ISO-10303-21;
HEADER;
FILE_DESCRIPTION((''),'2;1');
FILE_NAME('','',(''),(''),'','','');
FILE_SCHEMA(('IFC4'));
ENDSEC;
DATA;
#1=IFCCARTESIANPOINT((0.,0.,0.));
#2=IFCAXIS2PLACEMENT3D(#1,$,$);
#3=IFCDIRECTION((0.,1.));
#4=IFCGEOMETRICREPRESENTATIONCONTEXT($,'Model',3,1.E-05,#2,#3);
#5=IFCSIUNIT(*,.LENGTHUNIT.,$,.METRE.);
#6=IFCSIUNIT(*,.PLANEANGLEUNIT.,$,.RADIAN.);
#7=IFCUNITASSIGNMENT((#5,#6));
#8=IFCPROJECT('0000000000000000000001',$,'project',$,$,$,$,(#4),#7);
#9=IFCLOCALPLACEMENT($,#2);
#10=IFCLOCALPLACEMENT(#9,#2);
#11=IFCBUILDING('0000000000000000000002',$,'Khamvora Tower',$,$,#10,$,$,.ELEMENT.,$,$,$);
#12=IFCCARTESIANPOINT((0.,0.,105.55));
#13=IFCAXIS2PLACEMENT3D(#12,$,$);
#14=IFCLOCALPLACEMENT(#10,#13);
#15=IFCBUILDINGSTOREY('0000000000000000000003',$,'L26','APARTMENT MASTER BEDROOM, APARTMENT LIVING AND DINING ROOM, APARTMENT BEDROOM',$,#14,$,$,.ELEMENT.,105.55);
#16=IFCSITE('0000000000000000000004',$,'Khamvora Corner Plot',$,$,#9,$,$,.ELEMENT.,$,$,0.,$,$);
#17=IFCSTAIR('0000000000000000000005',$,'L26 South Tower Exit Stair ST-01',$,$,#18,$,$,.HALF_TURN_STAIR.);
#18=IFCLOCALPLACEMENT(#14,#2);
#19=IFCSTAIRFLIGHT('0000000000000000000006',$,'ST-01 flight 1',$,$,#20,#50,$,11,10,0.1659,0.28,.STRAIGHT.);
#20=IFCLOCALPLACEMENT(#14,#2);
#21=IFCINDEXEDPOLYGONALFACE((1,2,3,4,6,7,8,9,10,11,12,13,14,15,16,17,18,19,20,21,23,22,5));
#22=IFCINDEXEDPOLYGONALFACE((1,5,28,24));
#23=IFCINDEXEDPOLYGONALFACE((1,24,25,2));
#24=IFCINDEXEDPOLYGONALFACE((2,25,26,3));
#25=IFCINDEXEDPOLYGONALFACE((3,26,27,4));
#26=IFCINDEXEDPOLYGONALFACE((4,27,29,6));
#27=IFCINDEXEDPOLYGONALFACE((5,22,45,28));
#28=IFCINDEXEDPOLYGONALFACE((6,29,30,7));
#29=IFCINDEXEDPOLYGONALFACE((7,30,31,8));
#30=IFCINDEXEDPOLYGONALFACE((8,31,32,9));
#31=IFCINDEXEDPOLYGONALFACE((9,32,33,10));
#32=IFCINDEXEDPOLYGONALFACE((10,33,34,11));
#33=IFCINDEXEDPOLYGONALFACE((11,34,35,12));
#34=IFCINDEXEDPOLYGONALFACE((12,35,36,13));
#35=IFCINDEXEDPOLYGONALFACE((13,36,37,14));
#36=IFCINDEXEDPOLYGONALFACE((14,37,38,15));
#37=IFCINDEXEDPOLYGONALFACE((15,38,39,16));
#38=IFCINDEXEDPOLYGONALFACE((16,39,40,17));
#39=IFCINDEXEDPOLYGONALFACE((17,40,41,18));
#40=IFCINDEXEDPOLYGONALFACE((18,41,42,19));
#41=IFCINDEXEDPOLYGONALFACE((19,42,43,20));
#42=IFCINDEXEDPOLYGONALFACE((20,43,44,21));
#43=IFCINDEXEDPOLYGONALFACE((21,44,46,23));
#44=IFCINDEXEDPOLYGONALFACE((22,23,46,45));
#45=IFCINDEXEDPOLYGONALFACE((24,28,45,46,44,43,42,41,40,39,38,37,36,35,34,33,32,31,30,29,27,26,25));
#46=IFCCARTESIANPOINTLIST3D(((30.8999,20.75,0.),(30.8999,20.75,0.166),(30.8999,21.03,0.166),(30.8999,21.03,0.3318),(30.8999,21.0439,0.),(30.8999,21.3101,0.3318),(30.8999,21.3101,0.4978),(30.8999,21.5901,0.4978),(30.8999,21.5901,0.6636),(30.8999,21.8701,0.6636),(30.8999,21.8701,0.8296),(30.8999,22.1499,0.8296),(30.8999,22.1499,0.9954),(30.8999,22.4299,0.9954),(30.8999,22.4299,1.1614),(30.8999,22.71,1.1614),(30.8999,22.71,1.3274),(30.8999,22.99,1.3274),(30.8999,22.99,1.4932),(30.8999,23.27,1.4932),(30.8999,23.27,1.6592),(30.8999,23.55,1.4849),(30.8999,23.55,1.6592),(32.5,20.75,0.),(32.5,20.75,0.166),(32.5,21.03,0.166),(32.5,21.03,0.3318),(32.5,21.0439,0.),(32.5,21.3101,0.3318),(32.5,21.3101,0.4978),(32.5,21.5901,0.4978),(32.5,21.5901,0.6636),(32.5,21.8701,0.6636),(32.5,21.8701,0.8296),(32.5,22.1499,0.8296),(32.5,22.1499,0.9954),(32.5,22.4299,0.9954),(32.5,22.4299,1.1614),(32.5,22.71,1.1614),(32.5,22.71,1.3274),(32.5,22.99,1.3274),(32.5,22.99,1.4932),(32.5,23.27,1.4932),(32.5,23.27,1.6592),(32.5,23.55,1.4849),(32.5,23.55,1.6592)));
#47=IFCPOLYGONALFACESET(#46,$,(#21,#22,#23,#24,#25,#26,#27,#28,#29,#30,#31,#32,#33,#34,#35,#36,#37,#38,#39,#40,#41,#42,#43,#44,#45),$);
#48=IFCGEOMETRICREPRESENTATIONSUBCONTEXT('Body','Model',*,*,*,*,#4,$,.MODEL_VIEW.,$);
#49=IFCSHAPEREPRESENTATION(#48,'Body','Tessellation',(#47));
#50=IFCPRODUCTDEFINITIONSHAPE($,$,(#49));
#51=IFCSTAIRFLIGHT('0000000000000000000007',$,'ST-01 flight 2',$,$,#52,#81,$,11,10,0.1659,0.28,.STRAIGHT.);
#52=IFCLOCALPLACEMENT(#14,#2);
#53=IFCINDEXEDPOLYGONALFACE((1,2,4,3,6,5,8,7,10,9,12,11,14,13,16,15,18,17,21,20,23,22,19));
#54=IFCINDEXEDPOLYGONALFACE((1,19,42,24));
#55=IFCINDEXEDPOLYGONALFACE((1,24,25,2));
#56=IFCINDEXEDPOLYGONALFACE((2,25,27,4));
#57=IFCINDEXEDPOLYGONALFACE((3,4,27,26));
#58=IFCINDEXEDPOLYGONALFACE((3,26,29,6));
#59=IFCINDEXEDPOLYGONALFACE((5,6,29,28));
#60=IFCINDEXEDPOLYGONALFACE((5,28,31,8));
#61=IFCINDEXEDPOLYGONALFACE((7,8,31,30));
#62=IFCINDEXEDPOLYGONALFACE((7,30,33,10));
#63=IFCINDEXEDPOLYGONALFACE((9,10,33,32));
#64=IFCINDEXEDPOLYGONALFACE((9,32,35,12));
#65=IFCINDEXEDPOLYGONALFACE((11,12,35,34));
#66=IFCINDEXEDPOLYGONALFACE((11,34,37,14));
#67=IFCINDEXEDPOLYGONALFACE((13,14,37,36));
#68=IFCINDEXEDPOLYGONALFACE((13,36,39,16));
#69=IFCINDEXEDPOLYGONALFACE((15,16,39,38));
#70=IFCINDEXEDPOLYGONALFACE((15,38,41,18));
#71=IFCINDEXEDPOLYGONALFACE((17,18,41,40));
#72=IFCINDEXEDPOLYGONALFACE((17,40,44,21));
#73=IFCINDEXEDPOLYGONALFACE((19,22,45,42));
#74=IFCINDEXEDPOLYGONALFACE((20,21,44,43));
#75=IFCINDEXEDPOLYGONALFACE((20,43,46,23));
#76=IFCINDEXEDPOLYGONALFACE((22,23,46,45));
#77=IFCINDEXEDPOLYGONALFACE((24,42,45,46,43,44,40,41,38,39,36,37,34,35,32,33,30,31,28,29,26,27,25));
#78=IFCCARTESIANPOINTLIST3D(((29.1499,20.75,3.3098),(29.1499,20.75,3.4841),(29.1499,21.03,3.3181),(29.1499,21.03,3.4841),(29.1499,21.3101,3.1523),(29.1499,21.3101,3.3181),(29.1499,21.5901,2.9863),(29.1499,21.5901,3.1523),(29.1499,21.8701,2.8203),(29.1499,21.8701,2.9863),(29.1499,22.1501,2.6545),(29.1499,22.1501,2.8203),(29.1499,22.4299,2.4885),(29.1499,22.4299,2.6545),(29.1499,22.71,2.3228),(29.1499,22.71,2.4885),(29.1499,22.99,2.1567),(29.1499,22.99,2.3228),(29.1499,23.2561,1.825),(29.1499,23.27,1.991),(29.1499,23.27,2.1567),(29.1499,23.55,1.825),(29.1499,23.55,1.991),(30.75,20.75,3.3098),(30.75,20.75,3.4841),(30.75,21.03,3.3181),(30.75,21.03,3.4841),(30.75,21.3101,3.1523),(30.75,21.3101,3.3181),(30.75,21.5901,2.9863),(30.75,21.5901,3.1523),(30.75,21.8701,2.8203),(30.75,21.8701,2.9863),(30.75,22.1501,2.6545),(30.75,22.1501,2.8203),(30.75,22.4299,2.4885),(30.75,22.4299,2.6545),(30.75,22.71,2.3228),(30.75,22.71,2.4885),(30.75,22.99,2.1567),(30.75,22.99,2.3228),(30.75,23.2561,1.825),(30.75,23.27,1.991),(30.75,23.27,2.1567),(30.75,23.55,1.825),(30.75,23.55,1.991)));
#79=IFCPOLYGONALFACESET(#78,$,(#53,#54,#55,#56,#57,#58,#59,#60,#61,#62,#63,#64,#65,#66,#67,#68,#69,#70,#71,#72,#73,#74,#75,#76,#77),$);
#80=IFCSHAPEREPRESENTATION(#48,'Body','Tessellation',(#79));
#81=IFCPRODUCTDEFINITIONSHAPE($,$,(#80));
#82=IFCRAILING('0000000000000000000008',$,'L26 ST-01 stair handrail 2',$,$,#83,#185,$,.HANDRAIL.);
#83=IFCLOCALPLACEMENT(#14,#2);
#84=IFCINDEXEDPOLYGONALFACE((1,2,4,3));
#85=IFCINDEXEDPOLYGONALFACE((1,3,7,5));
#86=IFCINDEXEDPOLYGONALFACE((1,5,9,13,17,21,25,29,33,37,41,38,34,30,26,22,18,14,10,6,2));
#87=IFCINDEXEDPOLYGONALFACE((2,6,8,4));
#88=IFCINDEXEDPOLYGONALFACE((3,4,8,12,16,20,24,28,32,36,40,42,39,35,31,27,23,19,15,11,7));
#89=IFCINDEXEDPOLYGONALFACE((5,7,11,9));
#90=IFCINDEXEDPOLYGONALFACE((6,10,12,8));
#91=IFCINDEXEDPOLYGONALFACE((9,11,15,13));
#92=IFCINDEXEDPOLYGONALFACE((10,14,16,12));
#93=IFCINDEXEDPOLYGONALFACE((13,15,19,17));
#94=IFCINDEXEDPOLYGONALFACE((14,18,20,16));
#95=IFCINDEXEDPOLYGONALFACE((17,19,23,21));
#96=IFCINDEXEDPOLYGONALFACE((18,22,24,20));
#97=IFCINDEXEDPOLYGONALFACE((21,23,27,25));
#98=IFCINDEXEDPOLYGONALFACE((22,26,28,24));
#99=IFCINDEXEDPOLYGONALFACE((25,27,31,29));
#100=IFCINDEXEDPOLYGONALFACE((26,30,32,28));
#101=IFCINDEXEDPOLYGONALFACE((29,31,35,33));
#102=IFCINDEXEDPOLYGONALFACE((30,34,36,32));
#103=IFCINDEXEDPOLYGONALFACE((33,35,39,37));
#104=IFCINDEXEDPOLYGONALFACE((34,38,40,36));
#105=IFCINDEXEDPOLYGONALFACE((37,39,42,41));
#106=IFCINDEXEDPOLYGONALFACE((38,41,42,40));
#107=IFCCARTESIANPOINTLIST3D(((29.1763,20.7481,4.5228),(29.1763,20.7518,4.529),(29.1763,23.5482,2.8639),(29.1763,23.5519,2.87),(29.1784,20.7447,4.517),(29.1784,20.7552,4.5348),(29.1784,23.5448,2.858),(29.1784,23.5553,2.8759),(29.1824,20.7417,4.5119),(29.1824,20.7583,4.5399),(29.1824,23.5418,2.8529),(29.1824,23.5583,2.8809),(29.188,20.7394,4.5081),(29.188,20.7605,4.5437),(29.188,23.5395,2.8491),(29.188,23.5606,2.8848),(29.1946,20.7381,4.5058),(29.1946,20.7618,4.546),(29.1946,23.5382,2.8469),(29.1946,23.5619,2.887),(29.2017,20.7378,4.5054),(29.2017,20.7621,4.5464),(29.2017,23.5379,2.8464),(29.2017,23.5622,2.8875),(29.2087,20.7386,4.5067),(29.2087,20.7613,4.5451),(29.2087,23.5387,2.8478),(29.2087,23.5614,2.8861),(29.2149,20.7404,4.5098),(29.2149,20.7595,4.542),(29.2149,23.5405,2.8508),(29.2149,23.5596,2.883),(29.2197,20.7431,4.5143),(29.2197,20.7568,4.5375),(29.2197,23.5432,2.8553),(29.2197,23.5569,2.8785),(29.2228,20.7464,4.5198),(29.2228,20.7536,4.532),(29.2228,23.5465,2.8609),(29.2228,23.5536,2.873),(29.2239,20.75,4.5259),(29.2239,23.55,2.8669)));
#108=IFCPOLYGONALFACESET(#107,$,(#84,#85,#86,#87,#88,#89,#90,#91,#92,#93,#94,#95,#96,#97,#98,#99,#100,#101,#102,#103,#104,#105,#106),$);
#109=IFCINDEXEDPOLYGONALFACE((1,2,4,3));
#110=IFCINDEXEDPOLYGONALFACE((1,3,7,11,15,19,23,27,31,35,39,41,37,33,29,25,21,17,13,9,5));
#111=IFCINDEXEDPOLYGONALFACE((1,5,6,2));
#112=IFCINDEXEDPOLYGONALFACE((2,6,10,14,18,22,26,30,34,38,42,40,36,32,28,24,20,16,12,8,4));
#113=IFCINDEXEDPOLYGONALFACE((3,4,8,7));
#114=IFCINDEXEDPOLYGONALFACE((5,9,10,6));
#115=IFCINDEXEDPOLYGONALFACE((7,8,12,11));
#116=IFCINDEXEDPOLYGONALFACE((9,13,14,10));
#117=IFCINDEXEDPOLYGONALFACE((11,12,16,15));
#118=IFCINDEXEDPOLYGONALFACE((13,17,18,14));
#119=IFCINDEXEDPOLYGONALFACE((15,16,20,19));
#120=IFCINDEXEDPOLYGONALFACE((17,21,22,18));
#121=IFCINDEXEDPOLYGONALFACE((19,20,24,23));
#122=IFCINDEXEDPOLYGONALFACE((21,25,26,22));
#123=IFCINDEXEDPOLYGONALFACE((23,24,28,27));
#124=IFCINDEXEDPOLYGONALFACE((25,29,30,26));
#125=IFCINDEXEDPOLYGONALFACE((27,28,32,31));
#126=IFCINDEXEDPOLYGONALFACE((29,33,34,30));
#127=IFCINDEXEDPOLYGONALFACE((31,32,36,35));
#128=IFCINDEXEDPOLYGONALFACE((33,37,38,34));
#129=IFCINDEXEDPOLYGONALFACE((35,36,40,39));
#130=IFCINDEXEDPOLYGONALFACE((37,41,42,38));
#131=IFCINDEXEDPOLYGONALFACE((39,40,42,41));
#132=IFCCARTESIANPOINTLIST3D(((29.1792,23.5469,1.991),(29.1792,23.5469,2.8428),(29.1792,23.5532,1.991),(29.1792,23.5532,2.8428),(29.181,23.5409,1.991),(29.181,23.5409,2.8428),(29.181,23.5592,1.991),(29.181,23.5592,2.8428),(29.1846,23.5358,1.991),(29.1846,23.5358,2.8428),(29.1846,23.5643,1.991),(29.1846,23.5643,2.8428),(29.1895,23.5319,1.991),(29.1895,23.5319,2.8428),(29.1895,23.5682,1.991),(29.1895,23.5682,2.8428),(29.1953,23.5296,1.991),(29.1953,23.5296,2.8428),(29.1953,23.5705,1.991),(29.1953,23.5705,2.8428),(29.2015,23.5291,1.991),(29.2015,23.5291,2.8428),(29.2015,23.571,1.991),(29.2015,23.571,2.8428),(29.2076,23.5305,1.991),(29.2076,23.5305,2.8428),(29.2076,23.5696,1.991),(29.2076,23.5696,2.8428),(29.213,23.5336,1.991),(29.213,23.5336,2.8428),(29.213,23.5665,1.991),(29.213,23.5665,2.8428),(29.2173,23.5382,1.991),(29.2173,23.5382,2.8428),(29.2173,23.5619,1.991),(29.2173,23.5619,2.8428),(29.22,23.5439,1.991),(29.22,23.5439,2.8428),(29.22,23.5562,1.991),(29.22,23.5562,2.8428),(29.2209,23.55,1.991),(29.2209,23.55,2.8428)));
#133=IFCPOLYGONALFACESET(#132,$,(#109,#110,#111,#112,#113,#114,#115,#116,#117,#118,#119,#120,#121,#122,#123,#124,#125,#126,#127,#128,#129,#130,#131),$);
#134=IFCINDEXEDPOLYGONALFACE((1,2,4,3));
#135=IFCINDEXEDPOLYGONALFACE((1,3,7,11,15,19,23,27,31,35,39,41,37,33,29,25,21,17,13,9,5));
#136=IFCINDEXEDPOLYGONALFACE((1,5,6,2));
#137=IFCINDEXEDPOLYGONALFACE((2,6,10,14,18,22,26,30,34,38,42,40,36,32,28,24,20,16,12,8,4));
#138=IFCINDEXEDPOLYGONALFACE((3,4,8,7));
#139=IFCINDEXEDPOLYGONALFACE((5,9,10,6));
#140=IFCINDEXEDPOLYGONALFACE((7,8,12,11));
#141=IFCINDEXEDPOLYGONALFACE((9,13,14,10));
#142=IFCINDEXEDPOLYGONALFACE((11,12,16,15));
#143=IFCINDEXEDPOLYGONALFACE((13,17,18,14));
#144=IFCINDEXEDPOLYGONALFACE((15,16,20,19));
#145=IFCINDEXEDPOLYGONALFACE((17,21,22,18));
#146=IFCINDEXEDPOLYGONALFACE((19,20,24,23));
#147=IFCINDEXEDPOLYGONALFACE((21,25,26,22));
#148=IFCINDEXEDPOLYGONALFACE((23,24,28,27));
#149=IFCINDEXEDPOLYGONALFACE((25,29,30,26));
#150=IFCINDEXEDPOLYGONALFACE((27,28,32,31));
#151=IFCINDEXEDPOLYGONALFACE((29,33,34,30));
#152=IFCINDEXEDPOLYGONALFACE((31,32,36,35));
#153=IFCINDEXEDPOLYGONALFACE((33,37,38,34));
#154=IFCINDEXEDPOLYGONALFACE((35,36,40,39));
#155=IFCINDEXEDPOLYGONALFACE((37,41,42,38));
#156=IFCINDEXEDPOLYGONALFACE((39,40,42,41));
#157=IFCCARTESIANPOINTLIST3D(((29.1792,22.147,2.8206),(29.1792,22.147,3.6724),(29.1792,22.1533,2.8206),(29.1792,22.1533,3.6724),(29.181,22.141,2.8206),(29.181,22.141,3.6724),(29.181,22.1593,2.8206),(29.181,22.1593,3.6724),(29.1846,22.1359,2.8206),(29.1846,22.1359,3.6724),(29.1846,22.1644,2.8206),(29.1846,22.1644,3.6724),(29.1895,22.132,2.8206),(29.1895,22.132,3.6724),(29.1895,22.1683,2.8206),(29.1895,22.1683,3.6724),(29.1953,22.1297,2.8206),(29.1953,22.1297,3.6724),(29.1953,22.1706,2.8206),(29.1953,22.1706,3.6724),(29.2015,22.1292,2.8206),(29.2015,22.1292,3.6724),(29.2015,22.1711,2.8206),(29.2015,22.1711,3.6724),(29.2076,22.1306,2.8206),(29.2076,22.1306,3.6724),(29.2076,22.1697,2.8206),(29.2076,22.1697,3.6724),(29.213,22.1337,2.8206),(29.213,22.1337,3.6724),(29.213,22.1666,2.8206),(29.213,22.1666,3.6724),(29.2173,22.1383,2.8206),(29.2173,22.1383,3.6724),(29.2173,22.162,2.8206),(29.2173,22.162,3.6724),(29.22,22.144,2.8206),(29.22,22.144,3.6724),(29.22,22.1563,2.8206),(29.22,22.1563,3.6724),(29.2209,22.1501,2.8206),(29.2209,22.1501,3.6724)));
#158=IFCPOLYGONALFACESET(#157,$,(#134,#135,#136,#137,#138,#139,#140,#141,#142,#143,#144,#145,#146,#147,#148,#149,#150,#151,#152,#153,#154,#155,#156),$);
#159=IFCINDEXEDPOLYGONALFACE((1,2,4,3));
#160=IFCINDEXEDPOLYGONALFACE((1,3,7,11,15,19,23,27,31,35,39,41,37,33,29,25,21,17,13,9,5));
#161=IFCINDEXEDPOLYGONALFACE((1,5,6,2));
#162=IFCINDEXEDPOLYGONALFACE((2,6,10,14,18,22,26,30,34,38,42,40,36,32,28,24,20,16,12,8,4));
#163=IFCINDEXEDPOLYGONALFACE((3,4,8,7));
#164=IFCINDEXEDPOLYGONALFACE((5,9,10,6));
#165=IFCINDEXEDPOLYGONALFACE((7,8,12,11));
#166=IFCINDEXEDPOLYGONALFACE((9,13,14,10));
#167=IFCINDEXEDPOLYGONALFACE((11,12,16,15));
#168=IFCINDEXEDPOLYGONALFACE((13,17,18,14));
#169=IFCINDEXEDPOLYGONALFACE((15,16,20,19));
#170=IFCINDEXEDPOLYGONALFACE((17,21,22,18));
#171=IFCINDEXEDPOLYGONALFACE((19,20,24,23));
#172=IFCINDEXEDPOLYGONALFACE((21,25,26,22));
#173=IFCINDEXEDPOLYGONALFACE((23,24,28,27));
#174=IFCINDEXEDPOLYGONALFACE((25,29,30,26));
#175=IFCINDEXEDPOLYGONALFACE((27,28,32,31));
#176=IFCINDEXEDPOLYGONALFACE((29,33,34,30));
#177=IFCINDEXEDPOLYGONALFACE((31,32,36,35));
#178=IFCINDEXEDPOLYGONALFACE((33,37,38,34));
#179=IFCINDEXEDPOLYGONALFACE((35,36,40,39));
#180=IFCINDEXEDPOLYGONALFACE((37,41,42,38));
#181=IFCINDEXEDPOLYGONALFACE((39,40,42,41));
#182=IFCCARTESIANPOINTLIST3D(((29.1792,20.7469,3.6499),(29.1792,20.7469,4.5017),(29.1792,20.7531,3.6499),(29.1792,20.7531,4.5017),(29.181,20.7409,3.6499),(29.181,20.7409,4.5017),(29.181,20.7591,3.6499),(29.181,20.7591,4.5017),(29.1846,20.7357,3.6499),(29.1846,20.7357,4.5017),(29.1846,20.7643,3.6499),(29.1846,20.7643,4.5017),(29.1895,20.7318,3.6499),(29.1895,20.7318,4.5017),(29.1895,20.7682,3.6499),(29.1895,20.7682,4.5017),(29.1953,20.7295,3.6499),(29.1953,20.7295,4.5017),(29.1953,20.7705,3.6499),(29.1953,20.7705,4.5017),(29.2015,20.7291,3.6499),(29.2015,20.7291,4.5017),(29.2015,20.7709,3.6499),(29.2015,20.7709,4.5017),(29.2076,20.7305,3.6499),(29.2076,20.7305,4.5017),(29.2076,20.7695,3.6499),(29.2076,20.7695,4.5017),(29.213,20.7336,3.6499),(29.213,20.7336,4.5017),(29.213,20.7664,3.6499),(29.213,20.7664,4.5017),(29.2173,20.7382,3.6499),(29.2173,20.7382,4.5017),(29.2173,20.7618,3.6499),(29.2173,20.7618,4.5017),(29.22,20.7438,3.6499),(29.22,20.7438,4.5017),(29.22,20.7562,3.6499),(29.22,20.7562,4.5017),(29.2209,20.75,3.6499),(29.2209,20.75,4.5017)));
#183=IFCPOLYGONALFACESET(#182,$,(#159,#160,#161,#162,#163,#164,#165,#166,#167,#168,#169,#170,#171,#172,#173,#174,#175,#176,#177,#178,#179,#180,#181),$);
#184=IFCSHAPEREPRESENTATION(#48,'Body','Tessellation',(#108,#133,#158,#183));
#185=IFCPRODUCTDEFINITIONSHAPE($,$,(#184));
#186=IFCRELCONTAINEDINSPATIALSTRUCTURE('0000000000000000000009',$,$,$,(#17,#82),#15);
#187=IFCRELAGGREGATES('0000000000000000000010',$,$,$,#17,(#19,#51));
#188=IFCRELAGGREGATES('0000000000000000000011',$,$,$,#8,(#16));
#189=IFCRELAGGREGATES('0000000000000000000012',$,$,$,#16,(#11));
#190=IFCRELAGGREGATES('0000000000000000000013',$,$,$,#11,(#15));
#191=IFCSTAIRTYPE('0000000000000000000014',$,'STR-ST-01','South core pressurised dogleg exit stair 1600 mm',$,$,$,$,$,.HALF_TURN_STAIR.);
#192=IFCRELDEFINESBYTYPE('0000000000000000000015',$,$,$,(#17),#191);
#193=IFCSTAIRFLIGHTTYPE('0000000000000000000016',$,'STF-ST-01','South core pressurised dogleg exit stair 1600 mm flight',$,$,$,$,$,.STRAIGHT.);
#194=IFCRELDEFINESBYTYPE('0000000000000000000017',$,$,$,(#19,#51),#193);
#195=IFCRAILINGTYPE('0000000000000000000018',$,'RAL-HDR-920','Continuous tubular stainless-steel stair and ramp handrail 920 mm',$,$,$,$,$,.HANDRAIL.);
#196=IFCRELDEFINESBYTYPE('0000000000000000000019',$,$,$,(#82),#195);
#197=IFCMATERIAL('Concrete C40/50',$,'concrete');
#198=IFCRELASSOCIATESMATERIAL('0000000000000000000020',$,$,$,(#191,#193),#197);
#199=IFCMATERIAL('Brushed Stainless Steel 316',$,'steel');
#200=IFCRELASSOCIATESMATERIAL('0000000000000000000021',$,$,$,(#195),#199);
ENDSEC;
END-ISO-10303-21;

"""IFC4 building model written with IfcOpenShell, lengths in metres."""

from ifc_helpers import new_model, si_unit, direction, frame, origin, origin_2d, place, context, subcontext, project, spatial, polyline, circle, outline, extrude, material, type_object, element, aggregate, save


model = new_model("IFC4")

# Units and contexts
model_context = context("Model", 3, precision=1e-05, world=origin(), true_north=direction((0.0, 1.0)))
body_context = subcontext(model_context, "Body", "Model", "MODEL_VIEW")
ifc_project = project(units=[si_unit("LENGTHUNIT", "METRE"), si_unit("PLANEANGLEUNIT", "RADIAN")], contexts=[model_context])

# Site, building, storey
site_placement = place(None, origin())
site = spatial("IfcSite", under=ifc_project, at=site_placement, Name="Khamvora Corner Plot", CompositionType="ELEMENT", RefElevation=0.0)
building_placement = place(site_placement, origin())
building = spatial("IfcBuilding", under=site, at=building_placement, Name="Khamvora Tower", CompositionType="ELEMENT")
storey_placement = place(building_placement, frame((0.0, 0.0, 105.55)))
storey = spatial("IfcBuildingStorey", under=building, at=storey_placement, Name="L26", Description="APARTMENT MASTER BEDROOM, APARTMENT LIVING AND DINING ROOM, APARTMENT BEDROOM", CompositionType="ELEMENT", Elevation=105.55)

# Stair, stair flights
ifc_material_1 = material(Name="Concrete C40/50", Category="concrete")
stair_type = type_object("IfcStairType", Name="STR-ST-01", Description="South core pressurised dogleg exit stair 1600 mm", PredefinedType="HALF_TURN_STAIR", material=ifc_material_1)
stair_placement = place(storey_placement, origin())
stair = element("IfcStair", 1, at=stair_placement, inside=storey, type_object=stair_type, Name="L26 South Tower Exit Stair ST-01", PredefinedType="HALF_TURN_STAIR")
stair_flight_type = type_object("IfcStairFlightType", Name="STF-ST-01", Description="South core pressurised dogleg exit stair 1600 mm flight", PredefinedType="STRAIGHT", material=ifc_material_1)
stair_flight_1_placement = place(storey_placement, frame((31.7, 20.75, 0.0), z_axis=(0.0, 0.0, 1.0), x_axis=(0.0, 1.0, 0.0)))
stair_flight_1 = element("IfcStairFlight", 2, at=stair_flight_1_placement, type_object=stair_flight_type, Name="ST-01 flight 1", NumberOfRisers=11, NumberOfTreads=10, PredefinedType="STRAIGHT", RiserHeight=0.1659, TreadLength=0.28, context=body_context, shape_type="SweptSolid", body=[
    extrude(outline(polyline([(0.0, 0.0), (0.0, 0.166), (0.28, 0.166), (0.28, 0.3318), (0.5601, 0.3318), (0.5601, 0.4978), (0.8401, 0.4978), (0.8401, 0.6636), (1.1201, 0.6636), (1.1201, 0.8296), (1.3999, 0.8296), (1.3999, 0.9954), (1.6799, 0.9954), (1.6799, 1.1614), (1.96, 1.1614), (1.96, 1.3274), (2.24, 1.3274), (2.24, 1.4932), (2.52, 1.4932), (2.52, 1.6592), (2.8, 1.6592), (2.8, 1.825), (2.8, 1.4849), (0.2939, 0.0), (0.0, 0.0)])), frame((0.0, 0.8, 0.0), z_axis=(0.0, -1.0, 0.0), x_axis=(1.0, 0.0, 0.0)), (0.0, 0.0, 1.0), 1.6001),
])
stair_flight_2_placement = place(storey_placement, frame((29.95, 23.55, 1.825), z_axis=(0.0, 0.0, 1.0), x_axis=(0.0, -1.0, 0.0)))
stair_flight_2 = element("IfcStairFlight", 3, at=stair_flight_2_placement, type_object=stair_flight_type, Name="ST-01 flight 2", NumberOfRisers=11, NumberOfTreads=10, PredefinedType="STRAIGHT", RiserHeight=0.1659, TreadLength=0.28, context=body_context, shape_type="SweptSolid", body=[
    extrude(outline(polyline([(0.0, 0.0), (0.0, 0.166), (0.28, 0.166), (0.28, 0.3318), (0.5601, 0.3318), (0.5601, 0.4978), (0.8401, 0.4978), (0.8401, 0.6636), (1.1201, 0.6636), (1.1201, 0.8296), (1.3999, 0.8296), (1.3999, 0.9954), (1.6799, 0.9954), (1.6799, 1.1614), (1.96, 1.1614), (1.96, 1.3274), (2.24, 1.3274), (2.24, 1.4932), (2.52, 1.4932), (2.52, 1.6592), (2.8, 1.6592), (2.8, 1.825), (2.8, 1.4849), (0.2939, 0.0), (0.0, 0.0)])), frame((0.0, 0.8, 0.0), z_axis=(0.0, -1.0, 0.0), x_axis=(1.0, 0.0, 0.0)), (0.0, 0.0, 1.0), 1.6001),
])
aggregate(stair, [stair_flight_1, stair_flight_2])

# Railing
ifc_material_2 = material(Name="Brushed Stainless Steel 316", Category="steel")
railing_type_1 = type_object("IfcRailingType", Name="RAL-HDR-920", Description="Continuous tubular stainless-steel stair and ramp handrail 920 mm", PredefinedType="HANDRAIL", material=ifc_material_2)
railing_1_placement = place(storey_placement, frame((29.2, 23.55, 1.991)))
element("IfcRailing", 4, at=railing_1_placement, inside=storey, type_object=railing_type_1, Name="L26 ST-01 stair handrail 2", PredefinedType="HANDRAIL", context=body_context, shape_type="SweptSolid", body=[
    extrude(circle(Radius=0.0239, at=origin_2d()), frame((0.0, 0.0, 0.876), z_axis=(0.0, -0.860339, 0.509722), x_axis=(1.0, 0.0, 0.0)), (0.0, 0.0, 1.0), 3.2546),
    extrude(circle(Radius=0.021, at=origin_2d()), origin(), (0.0, 0.0, 1.0), 0.8518),
    extrude(circle(Radius=0.021, at=origin_2d()), frame((0.0, -1.3999, 0.8296)), (0.0, 0.0, 1.0), 0.8518),
    extrude(circle(Radius=0.021, at=origin_2d()), frame((0.0, -2.8, 1.6589)), (0.0, 0.0, 1.0), 0.8518),
])

save(model, "model.ifc")
